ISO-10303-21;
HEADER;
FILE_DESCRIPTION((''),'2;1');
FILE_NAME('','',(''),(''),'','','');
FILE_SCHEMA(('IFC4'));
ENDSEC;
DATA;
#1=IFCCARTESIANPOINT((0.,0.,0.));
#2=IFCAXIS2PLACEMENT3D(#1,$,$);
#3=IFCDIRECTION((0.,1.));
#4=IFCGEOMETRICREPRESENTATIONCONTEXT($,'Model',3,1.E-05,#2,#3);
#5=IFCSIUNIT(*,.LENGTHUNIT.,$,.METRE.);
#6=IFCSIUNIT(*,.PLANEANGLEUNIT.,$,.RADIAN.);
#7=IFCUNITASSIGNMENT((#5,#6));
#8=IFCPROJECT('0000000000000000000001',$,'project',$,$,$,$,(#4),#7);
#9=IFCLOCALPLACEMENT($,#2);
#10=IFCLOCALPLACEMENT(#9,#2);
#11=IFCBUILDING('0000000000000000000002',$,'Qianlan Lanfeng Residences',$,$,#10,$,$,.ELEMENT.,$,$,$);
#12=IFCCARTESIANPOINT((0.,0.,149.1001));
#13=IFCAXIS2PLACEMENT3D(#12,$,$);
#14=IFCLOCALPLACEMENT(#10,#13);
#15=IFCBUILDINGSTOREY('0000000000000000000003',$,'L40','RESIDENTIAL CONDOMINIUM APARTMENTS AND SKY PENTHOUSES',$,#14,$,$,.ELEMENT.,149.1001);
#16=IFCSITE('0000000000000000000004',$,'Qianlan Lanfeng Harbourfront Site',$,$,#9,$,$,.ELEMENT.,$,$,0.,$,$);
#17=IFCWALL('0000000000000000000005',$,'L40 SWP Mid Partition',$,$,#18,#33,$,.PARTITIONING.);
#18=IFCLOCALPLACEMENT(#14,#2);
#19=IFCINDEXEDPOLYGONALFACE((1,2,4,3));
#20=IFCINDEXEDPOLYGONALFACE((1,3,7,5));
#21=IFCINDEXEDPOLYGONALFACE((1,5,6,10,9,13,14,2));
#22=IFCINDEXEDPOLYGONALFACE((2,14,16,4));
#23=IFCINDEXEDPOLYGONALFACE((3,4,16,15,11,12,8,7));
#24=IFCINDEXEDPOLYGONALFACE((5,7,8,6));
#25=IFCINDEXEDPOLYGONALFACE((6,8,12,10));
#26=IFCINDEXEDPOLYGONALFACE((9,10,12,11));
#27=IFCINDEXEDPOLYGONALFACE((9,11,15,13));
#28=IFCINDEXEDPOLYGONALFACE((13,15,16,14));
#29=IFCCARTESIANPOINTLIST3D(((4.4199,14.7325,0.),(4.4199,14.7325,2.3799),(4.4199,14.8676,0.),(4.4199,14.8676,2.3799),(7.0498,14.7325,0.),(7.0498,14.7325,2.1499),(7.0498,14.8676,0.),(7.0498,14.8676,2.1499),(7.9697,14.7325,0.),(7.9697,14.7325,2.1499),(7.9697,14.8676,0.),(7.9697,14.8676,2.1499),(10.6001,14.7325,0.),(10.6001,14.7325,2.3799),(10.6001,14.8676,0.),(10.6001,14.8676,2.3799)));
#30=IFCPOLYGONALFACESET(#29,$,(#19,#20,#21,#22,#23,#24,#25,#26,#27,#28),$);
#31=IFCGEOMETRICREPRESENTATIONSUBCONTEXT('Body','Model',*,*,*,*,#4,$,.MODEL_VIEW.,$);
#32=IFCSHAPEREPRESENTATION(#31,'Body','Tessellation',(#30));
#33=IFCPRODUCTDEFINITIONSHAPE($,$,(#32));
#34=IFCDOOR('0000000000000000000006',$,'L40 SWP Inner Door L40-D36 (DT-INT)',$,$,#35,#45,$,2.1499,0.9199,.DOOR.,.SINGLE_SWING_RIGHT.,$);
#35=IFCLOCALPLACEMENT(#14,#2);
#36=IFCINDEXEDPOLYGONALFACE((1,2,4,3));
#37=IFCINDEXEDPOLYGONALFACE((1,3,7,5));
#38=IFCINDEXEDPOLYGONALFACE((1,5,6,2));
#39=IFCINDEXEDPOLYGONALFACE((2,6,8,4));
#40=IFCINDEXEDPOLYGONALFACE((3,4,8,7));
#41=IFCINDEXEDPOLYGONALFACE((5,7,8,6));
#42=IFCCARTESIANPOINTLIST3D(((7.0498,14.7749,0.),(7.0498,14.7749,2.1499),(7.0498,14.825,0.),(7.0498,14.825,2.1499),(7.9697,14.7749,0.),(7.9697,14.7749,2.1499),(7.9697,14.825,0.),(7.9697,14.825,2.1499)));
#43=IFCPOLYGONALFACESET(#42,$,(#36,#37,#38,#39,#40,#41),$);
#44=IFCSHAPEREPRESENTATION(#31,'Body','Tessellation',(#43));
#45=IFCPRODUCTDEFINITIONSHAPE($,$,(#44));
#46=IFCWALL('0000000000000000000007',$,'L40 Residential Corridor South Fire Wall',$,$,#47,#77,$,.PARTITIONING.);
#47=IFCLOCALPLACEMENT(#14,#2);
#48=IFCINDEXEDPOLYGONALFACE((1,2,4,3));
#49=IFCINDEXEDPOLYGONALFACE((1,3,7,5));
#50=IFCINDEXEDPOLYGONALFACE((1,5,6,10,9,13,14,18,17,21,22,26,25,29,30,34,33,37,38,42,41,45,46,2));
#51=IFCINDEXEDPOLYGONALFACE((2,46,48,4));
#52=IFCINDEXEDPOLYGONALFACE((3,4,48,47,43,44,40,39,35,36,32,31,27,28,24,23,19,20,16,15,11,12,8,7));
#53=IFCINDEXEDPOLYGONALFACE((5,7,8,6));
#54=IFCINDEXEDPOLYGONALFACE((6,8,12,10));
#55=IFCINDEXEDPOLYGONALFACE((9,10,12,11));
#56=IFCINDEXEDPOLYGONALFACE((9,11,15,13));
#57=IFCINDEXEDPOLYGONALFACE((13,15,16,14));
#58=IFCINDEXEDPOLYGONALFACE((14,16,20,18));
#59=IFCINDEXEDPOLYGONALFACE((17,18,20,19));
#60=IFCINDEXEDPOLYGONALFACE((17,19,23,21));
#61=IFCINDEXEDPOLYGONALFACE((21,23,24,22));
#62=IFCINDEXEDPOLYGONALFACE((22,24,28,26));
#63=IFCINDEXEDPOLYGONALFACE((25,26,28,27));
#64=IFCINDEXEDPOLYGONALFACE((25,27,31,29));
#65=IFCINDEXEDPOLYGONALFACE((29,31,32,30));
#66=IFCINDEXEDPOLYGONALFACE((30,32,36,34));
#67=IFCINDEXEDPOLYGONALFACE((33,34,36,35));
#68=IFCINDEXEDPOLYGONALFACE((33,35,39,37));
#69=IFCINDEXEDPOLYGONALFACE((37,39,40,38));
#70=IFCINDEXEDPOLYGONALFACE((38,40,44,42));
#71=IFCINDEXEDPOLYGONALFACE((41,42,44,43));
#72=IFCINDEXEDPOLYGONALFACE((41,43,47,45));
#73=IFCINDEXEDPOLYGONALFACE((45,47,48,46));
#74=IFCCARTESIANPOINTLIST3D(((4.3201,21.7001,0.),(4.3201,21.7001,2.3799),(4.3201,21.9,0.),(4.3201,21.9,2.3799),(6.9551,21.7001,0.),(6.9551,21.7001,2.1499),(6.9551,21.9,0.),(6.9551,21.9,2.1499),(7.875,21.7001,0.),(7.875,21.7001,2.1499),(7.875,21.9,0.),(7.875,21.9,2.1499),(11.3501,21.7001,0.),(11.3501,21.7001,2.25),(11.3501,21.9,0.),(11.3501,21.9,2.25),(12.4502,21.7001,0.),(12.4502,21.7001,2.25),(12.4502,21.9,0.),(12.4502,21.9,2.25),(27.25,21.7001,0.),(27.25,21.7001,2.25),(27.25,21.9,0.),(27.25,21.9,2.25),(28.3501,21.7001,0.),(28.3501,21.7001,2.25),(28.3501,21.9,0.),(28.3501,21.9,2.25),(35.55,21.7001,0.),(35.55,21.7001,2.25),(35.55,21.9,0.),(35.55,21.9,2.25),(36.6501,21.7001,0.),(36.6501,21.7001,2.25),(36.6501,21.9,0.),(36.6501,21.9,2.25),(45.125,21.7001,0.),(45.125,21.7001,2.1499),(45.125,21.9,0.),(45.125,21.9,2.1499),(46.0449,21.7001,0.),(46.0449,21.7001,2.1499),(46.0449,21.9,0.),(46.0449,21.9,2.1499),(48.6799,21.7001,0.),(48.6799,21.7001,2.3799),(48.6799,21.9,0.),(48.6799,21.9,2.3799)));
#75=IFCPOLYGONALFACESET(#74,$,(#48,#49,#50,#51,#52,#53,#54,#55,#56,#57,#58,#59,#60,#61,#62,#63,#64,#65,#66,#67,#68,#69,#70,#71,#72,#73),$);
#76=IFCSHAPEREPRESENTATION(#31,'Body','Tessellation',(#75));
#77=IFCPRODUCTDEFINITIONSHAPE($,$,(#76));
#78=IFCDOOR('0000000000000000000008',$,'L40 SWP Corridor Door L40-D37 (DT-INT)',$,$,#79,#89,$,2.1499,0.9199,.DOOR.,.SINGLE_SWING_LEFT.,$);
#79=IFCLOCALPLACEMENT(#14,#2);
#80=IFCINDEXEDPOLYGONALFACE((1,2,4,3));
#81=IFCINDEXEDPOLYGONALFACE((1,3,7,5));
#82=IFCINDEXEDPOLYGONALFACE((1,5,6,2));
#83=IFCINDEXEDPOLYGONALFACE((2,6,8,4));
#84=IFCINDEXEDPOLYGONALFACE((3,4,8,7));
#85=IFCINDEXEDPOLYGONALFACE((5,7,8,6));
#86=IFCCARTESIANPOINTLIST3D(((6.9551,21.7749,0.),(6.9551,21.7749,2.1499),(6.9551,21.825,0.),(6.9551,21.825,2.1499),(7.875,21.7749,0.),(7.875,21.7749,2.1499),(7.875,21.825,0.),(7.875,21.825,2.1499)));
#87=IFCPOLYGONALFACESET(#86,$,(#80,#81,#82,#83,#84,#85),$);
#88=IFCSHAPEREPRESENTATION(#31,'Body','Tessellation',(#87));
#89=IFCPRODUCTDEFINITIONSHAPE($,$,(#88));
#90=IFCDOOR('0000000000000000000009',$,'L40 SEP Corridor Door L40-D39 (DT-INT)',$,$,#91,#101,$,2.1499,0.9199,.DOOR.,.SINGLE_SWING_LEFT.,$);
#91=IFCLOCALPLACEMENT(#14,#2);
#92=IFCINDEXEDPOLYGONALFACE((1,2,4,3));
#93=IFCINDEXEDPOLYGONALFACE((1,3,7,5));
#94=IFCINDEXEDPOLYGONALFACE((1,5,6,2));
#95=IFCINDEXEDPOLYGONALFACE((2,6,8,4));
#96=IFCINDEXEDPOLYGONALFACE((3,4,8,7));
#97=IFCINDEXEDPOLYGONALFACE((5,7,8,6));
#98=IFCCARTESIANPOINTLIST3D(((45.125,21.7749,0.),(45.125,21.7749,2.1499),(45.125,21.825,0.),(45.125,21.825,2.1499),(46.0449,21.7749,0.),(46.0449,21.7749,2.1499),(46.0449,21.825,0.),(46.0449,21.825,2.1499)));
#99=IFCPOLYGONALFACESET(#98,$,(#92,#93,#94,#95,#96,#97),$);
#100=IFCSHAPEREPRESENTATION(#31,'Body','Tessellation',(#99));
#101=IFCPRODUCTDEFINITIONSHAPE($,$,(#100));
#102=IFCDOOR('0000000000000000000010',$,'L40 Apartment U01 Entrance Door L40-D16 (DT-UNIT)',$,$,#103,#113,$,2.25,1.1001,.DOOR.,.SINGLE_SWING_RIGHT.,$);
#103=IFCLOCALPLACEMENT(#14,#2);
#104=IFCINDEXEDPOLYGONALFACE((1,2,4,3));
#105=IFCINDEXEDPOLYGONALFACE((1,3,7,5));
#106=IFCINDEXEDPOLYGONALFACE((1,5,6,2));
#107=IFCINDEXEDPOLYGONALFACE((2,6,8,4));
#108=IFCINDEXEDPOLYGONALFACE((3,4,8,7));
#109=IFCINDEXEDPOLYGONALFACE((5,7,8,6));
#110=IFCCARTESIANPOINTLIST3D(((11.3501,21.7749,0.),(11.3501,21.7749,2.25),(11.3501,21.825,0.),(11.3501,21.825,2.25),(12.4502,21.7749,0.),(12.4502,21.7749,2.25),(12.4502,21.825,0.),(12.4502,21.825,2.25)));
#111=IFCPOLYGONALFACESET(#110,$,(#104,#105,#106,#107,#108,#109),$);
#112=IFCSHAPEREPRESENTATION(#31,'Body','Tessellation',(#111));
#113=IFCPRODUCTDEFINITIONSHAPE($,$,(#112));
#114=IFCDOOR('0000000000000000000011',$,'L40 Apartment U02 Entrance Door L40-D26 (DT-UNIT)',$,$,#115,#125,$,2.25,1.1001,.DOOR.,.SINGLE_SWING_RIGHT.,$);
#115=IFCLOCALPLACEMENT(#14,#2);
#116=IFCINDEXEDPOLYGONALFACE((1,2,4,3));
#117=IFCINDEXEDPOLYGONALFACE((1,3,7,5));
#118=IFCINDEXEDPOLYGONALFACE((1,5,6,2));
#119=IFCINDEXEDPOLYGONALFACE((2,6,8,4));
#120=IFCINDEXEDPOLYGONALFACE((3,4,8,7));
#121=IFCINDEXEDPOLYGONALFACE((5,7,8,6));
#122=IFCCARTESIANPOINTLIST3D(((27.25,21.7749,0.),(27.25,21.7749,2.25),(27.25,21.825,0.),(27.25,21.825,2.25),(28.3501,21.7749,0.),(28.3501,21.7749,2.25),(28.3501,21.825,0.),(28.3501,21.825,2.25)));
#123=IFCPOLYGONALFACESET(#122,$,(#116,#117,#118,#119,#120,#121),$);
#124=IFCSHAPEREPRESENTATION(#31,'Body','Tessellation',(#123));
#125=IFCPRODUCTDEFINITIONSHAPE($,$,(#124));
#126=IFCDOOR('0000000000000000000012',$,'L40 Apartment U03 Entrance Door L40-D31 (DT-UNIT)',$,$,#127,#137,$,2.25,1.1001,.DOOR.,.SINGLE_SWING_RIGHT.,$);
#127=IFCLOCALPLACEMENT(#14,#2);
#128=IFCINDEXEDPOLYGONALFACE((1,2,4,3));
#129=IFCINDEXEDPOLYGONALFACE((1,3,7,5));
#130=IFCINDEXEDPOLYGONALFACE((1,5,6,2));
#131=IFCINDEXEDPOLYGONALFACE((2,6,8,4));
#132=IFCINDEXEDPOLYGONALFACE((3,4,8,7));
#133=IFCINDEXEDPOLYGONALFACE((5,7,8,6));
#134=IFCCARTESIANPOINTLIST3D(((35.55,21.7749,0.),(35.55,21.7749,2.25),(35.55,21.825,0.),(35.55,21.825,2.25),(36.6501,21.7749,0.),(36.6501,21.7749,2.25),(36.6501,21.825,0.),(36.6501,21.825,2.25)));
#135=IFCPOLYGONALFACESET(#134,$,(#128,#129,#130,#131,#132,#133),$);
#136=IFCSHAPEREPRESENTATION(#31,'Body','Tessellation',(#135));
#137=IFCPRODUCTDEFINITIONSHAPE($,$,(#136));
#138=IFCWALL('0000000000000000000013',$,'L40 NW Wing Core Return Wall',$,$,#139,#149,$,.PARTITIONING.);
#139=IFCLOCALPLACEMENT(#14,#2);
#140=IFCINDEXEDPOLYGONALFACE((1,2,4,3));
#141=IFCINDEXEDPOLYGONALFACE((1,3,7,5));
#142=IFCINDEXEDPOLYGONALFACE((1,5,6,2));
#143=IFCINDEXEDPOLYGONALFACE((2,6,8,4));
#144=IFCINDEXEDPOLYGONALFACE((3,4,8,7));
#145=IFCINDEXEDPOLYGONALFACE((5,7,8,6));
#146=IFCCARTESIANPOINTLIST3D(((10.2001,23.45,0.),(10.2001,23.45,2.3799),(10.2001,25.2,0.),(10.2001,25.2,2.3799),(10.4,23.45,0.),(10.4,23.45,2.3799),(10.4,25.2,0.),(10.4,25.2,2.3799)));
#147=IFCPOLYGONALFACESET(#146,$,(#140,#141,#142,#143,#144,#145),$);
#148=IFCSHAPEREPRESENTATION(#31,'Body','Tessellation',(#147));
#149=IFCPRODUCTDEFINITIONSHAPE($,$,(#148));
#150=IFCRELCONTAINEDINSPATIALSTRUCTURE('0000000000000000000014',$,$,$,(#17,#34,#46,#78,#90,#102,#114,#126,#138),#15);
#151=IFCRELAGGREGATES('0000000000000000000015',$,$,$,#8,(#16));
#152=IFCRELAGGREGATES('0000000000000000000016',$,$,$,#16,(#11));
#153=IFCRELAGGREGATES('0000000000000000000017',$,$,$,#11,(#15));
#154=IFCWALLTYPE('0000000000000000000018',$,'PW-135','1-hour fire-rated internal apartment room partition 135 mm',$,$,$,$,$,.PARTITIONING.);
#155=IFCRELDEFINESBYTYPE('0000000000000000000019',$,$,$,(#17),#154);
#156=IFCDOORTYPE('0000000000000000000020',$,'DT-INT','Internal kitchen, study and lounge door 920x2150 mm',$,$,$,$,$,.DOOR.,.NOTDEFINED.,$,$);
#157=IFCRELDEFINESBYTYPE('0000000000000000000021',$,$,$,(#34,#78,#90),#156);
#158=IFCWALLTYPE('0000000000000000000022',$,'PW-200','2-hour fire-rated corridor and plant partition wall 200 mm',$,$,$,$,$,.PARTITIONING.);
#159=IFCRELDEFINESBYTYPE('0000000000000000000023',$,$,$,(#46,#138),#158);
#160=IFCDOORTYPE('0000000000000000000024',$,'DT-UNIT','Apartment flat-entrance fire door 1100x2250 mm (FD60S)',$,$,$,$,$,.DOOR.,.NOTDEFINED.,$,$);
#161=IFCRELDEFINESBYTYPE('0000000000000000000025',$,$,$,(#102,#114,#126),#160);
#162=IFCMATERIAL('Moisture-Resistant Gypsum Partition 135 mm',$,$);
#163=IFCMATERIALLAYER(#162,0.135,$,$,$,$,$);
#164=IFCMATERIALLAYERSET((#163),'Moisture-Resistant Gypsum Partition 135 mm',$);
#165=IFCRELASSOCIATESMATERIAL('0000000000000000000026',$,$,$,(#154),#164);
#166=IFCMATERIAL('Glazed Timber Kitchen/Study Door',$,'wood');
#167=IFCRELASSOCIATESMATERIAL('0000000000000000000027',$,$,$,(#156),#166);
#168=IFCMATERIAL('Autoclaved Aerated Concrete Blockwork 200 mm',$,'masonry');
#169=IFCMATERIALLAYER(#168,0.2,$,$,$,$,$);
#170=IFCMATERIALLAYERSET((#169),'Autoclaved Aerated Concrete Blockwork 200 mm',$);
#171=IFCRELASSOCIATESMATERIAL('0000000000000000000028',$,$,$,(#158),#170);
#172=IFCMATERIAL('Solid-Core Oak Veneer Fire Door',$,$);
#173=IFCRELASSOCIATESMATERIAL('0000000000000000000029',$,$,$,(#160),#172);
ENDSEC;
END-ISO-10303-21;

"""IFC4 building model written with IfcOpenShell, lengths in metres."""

from ifc_helpers import new_model, si_unit, direction, frame, frame_2d, origin, place, context, subcontext, project, spatial, rectangle, extrude, material, layer, layer_set, type_object, element, fill, save


model = new_model("IFC4")

# Units and contexts
model_context = context("Model", 3, precision=1e-05, world=origin(), true_north=direction((0.0, 1.0)))
body_context = subcontext(model_context, "Body", "Model", "MODEL_VIEW")
ifc_project = project(units=[si_unit("LENGTHUNIT", "METRE"), si_unit("PLANEANGLEUNIT", "RADIAN")], contexts=[model_context])

# Site, building, storey
site_placement = place(None, origin())
site = spatial("IfcSite", under=ifc_project, at=site_placement, Name="Qianlan Lanfeng Harbourfront Site", CompositionType="ELEMENT", RefElevation=0.0)
building_placement = place(site_placement, origin())
building = spatial("IfcBuilding", under=site, at=building_placement, Name="Qianlan Lanfeng Residences", CompositionType="ELEMENT")
storey_placement = place(building_placement, frame((0.0, 0.0, 149.1001)))
storey = spatial("IfcBuildingStorey", under=building, at=storey_placement, Name="L40", Description="RESIDENTIAL CONDOMINIUM APARTMENTS AND SKY PENTHOUSES", CompositionType="ELEMENT", Elevation=149.1001)

# Wall, opening, door
ifc_material_1 = material(Name="Moisture-Resistant Gypsum Partition 135 mm")
ifc_layer_1 = layer(ifc_material_1, 0.135)
ifc_layer_set_1 = layer_set([ifc_layer_1], Name="Moisture-Resistant Gypsum Partition 135 mm")
wall_type_1 = type_object("IfcWallType", Name="PW-135", Description="1-hour fire-rated internal apartment room partition 135 mm", PredefinedType="PARTITIONING", material=ifc_layer_set_1)
ifc_material_2 = material(Name="Glazed Timber Kitchen/Study Door", Category="wood")
door_type_1 = type_object("IfcDoorType", Name="DT-INT", Description="Internal kitchen, study and lounge door 920x2150 mm", OperationType="NOTDEFINED", PredefinedType="DOOR", material=ifc_material_2)
wall_1_placement = place(storey_placement, frame((4.4199, 14.8, 0.0), z_axis=(0.0, 0.0, 1.0), x_axis=(1.0, 0.0, 0.0)))
wall_1 = element("IfcWall", 1, at=wall_1_placement, inside=storey, type_object=wall_type_1, Name="L40 SWP Mid Partition", PredefinedType="PARTITIONING", context=body_context, shape_type="SweptSolid", body=[
    extrude(rectangle(XDim=6.1802, YDim=0.135, at=frame_2d((3.0901, 0.0))), origin(), (0.0, 0.0, 1.0), 2.3799),
])
opening_1_placement = place(wall_1_placement, frame((2.6299, 0.0, 0.0)))
opening_1 = element("IfcOpeningElement", 2, at=opening_1_placement, cuts=wall_1, PredefinedType="OPENING", context=body_context, shape_type="SweptSolid", body=[
    extrude(rectangle(XDim=0.9199, YDim=2.1499, at=frame_2d((0.46, 1.075))), frame((0.0, 0.0776, 0.0), z_axis=(0.0, -1.0, 0.0), x_axis=(1.0, 0.0, 0.0)), (0.0, 0.0, 1.0), 0.155),
])
door_1_placement = place(opening_1_placement, origin())
door_1 = element("IfcDoor", 3, at=door_1_placement, inside=storey, type_object=door_type_1, Name="L40 SWP Inner Door L40-D36 (DT-INT)", OperationType="SINGLE_SWING_RIGHT", OverallHeight=2.1499, OverallWidth=0.9199, PredefinedType="DOOR", context=body_context, shape_type="SweptSolid", body=[
    extrude(rectangle(XDim=0.9199, YDim=2.1499, at=frame_2d((0.46, 1.075))), frame((0.0, 0.0249, 0.0), z_axis=(0.0, -1.0, 0.0), x_axis=(1.0, 0.0, 0.0)), (0.0, 0.0, 1.0), 0.05),
])
fill(opening_1, door_1)

# Wall, openings, doors
ifc_material_3 = material(Name="Autoclaved Aerated Concrete Blockwork 200 mm", Category="masonry")
ifc_layer_2 = layer(ifc_material_3, 0.2)
ifc_layer_set_2 = layer_set([ifc_layer_2], Name="Autoclaved Aerated Concrete Blockwork 200 mm")
wall_type_2 = type_object("IfcWallType", Name="PW-200", Description="2-hour fire-rated corridor and plant partition wall 200 mm", PredefinedType="PARTITIONING", material=ifc_layer_set_2)
wall_2_placement = place(storey_placement, frame((4.3201, 21.8, 0.0), z_axis=(0.0, 0.0, 1.0), x_axis=(1.0, 0.0, 0.0)))
wall_2 = element("IfcWall", 4, at=wall_2_placement, inside=storey, type_object=wall_type_2, Name="L40 Residential Corridor South Fire Wall", PredefinedType="PARTITIONING", context=body_context, shape_type="SweptSolid", body=[
    extrude(rectangle(XDim=44.3599, YDim=0.2, at=frame_2d((22.1799, 0.0))), origin(), (0.0, 0.0, 1.0), 2.3799),
])
opening_2_placement = place(wall_2_placement, frame((7.03, 0.0, 0.0)))
opening_2 = element("IfcOpeningElement", 5, at=opening_2_placement, cuts=wall_2, PredefinedType="OPENING", context=body_context, shape_type="SweptSolid", body=[
    extrude(rectangle(XDim=1.1001, YDim=2.25, at=frame_2d((0.55, 1.125))), frame((0.0, 0.1099, 0.0), z_axis=(0.0, -1.0, 0.0), x_axis=(1.0, 0.0, 0.0)), (0.0, 0.0, 1.0), 0.22),
])
opening_3_placement = place(wall_2_placement, frame((22.9299, 0.0, 0.0)))
opening_3 = element("IfcOpeningElement", 6, at=opening_3_placement, cuts=wall_2, PredefinedType="OPENING", context=body_context, shape_type="SweptSolid", body=[
    extrude(rectangle(XDim=1.1001, YDim=2.25, at=frame_2d((0.55, 1.125))), frame((0.0, 0.1099, 0.0), z_axis=(0.0, -1.0, 0.0), x_axis=(1.0, 0.0, 0.0)), (0.0, 0.0, 1.0), 0.22),
])
opening_4_placement = place(wall_2_placement, frame((31.23, 0.0, 0.0)))
opening_4 = element("IfcOpeningElement", 7, at=opening_4_placement, cuts=wall_2, PredefinedType="OPENING", context=body_context, shape_type="SweptSolid", body=[
    extrude(rectangle(XDim=1.1001, YDim=2.25, at=frame_2d((0.55, 1.125))), frame((0.0, 0.1099, 0.0), z_axis=(0.0, -1.0, 0.0), x_axis=(1.0, 0.0, 0.0)), (0.0, 0.0, 1.0), 0.22),
])
opening_5_placement = place(wall_2_placement, frame((2.635, 0.0, 0.0)))
opening_5 = element("IfcOpeningElement", 8, at=opening_5_placement, cuts=wall_2, PredefinedType="OPENING", context=body_context, shape_type="SweptSolid", body=[
    extrude(rectangle(XDim=0.9199, YDim=2.1499, at=frame_2d((0.46, 1.075))), frame((0.0, 0.1099, 0.0), z_axis=(0.0, -1.0, 0.0), x_axis=(1.0, 0.0, 0.0)), (0.0, 0.0, 1.0), 0.22),
])
opening_6_placement = place(wall_2_placement, frame((40.8049, 0.0, 0.0)))
opening_6 = element("IfcOpeningElement", 9, at=opening_6_placement, cuts=wall_2, PredefinedType="OPENING", context=body_context, shape_type="SweptSolid", body=[
    extrude(rectangle(XDim=0.9199, YDim=2.1499, at=frame_2d((0.46, 1.075))), frame((0.0, 0.1099, 0.0), z_axis=(0.0, -1.0, 0.0), x_axis=(1.0, 0.0, 0.0)), (0.0, 0.0, 1.0), 0.22),
])
door_2_placement = place(opening_5_placement, origin())
door_2 = element("IfcDoor", 10, at=door_2_placement, inside=storey, type_object=door_type_1, Name="L40 SWP Corridor Door L40-D37 (DT-INT)", OperationType="SINGLE_SWING_LEFT", OverallHeight=2.1499, OverallWidth=0.9199, PredefinedType="DOOR", context=body_context, shape_type="SweptSolid", body=[
    extrude(rectangle(XDim=0.9199, YDim=2.1499, at=frame_2d((0.46, 1.075))), frame((0.0, 0.0249, 0.0), z_axis=(0.0, -1.0, 0.0), x_axis=(1.0, 0.0, 0.0)), (0.0, 0.0, 1.0), 0.05),
])
fill(opening_5, door_2)
door_3_placement = place(opening_6_placement, origin())
door_3 = element("IfcDoor", 11, at=door_3_placement, inside=storey, type_object=door_type_1, Name="L40 SEP Corridor Door L40-D39 (DT-INT)", OperationType="SINGLE_SWING_LEFT", OverallHeight=2.1499, OverallWidth=0.9199, PredefinedType="DOOR", context=body_context, shape_type="SweptSolid", body=[
    extrude(rectangle(XDim=0.9199, YDim=2.1499, at=frame_2d((0.46, 1.075))), frame((0.0, 0.0249, 0.0), z_axis=(0.0, -1.0, 0.0), x_axis=(1.0, 0.0, 0.0)), (0.0, 0.0, 1.0), 0.05),
])
fill(opening_6, door_3)
ifc_material_4 = material(Name="Solid-Core Oak Veneer Fire Door")
door_type_2 = type_object("IfcDoorType", Name="DT-UNIT", Description="Apartment flat-entrance fire door 1100x2250 mm (FD60S)", OperationType="NOTDEFINED", PredefinedType="DOOR", material=ifc_material_4)
door_4_placement = place(opening_2_placement, origin())
door_4 = element("IfcDoor", 12, at=door_4_placement, inside=storey, type_object=door_type_2, Name="L40 Apartment U01 Entrance Door L40-D16 (DT-UNIT)", OperationType="SINGLE_SWING_RIGHT", OverallHeight=2.25, OverallWidth=1.1001, PredefinedType="DOOR", context=body_context, shape_type="SweptSolid", body=[
    extrude(rectangle(XDim=1.1001, YDim=2.25, at=frame_2d((0.55, 1.125))), frame((0.0, 0.0249, 0.0), z_axis=(0.0, -1.0, 0.0), x_axis=(1.0, 0.0, 0.0)), (0.0, 0.0, 1.0), 0.05),
])
fill(opening_2, door_4)
door_5_placement = place(opening_3_placement, origin())
door_5 = element("IfcDoor", 13, at=door_5_placement, inside=storey, type_object=door_type_2, Name="L40 Apartment U02 Entrance Door L40-D26 (DT-UNIT)", OperationType="SINGLE_SWING_RIGHT", OverallHeight=2.25, OverallWidth=1.1001, PredefinedType="DOOR", context=body_context, shape_type="SweptSolid", body=[
    extrude(rectangle(XDim=1.1001, YDim=2.25, at=frame_2d((0.55, 1.125))), frame((0.0, 0.0249, 0.0), z_axis=(0.0, -1.0, 0.0), x_axis=(1.0, 0.0, 0.0)), (0.0, 0.0, 1.0), 0.05),
])
fill(opening_3, door_5)
door_6_placement = place(opening_4_placement, origin())
door_6 = element("IfcDoor", 14, at=door_6_placement, inside=storey, type_object=door_type_2, Name="L40 Apartment U03 Entrance Door L40-D31 (DT-UNIT)", OperationType="SINGLE_SWING_RIGHT", OverallHeight=2.25, OverallWidth=1.1001, PredefinedType="DOOR", context=body_context, shape_type="SweptSolid", body=[
    extrude(rectangle(XDim=1.1001, YDim=2.25, at=frame_2d((0.55, 1.125))), frame((0.0, 0.0249, 0.0), z_axis=(0.0, -1.0, 0.0), x_axis=(1.0, 0.0, 0.0)), (0.0, 0.0, 1.0), 0.05),
])
fill(opening_4, door_6)

# Wall
wall_3_placement = place(storey_placement, frame((10.3, 23.45, 0.0), z_axis=(0.0, 0.0, 1.0), x_axis=(0.0, 1.0, 0.0)))
element("IfcWall", 15, at=wall_3_placement, inside=storey, type_object=wall_type_2, Name="L40 NW Wing Core Return Wall", PredefinedType="PARTITIONING", context=body_context, shape_type="SweptSolid", body=[
    extrude(rectangle(XDim=1.75, YDim=0.2, at=frame_2d((0.875, 0.0))), origin(), (0.0, 0.0, 1.0), 2.3799),
])

save(model, "model.ifc")
